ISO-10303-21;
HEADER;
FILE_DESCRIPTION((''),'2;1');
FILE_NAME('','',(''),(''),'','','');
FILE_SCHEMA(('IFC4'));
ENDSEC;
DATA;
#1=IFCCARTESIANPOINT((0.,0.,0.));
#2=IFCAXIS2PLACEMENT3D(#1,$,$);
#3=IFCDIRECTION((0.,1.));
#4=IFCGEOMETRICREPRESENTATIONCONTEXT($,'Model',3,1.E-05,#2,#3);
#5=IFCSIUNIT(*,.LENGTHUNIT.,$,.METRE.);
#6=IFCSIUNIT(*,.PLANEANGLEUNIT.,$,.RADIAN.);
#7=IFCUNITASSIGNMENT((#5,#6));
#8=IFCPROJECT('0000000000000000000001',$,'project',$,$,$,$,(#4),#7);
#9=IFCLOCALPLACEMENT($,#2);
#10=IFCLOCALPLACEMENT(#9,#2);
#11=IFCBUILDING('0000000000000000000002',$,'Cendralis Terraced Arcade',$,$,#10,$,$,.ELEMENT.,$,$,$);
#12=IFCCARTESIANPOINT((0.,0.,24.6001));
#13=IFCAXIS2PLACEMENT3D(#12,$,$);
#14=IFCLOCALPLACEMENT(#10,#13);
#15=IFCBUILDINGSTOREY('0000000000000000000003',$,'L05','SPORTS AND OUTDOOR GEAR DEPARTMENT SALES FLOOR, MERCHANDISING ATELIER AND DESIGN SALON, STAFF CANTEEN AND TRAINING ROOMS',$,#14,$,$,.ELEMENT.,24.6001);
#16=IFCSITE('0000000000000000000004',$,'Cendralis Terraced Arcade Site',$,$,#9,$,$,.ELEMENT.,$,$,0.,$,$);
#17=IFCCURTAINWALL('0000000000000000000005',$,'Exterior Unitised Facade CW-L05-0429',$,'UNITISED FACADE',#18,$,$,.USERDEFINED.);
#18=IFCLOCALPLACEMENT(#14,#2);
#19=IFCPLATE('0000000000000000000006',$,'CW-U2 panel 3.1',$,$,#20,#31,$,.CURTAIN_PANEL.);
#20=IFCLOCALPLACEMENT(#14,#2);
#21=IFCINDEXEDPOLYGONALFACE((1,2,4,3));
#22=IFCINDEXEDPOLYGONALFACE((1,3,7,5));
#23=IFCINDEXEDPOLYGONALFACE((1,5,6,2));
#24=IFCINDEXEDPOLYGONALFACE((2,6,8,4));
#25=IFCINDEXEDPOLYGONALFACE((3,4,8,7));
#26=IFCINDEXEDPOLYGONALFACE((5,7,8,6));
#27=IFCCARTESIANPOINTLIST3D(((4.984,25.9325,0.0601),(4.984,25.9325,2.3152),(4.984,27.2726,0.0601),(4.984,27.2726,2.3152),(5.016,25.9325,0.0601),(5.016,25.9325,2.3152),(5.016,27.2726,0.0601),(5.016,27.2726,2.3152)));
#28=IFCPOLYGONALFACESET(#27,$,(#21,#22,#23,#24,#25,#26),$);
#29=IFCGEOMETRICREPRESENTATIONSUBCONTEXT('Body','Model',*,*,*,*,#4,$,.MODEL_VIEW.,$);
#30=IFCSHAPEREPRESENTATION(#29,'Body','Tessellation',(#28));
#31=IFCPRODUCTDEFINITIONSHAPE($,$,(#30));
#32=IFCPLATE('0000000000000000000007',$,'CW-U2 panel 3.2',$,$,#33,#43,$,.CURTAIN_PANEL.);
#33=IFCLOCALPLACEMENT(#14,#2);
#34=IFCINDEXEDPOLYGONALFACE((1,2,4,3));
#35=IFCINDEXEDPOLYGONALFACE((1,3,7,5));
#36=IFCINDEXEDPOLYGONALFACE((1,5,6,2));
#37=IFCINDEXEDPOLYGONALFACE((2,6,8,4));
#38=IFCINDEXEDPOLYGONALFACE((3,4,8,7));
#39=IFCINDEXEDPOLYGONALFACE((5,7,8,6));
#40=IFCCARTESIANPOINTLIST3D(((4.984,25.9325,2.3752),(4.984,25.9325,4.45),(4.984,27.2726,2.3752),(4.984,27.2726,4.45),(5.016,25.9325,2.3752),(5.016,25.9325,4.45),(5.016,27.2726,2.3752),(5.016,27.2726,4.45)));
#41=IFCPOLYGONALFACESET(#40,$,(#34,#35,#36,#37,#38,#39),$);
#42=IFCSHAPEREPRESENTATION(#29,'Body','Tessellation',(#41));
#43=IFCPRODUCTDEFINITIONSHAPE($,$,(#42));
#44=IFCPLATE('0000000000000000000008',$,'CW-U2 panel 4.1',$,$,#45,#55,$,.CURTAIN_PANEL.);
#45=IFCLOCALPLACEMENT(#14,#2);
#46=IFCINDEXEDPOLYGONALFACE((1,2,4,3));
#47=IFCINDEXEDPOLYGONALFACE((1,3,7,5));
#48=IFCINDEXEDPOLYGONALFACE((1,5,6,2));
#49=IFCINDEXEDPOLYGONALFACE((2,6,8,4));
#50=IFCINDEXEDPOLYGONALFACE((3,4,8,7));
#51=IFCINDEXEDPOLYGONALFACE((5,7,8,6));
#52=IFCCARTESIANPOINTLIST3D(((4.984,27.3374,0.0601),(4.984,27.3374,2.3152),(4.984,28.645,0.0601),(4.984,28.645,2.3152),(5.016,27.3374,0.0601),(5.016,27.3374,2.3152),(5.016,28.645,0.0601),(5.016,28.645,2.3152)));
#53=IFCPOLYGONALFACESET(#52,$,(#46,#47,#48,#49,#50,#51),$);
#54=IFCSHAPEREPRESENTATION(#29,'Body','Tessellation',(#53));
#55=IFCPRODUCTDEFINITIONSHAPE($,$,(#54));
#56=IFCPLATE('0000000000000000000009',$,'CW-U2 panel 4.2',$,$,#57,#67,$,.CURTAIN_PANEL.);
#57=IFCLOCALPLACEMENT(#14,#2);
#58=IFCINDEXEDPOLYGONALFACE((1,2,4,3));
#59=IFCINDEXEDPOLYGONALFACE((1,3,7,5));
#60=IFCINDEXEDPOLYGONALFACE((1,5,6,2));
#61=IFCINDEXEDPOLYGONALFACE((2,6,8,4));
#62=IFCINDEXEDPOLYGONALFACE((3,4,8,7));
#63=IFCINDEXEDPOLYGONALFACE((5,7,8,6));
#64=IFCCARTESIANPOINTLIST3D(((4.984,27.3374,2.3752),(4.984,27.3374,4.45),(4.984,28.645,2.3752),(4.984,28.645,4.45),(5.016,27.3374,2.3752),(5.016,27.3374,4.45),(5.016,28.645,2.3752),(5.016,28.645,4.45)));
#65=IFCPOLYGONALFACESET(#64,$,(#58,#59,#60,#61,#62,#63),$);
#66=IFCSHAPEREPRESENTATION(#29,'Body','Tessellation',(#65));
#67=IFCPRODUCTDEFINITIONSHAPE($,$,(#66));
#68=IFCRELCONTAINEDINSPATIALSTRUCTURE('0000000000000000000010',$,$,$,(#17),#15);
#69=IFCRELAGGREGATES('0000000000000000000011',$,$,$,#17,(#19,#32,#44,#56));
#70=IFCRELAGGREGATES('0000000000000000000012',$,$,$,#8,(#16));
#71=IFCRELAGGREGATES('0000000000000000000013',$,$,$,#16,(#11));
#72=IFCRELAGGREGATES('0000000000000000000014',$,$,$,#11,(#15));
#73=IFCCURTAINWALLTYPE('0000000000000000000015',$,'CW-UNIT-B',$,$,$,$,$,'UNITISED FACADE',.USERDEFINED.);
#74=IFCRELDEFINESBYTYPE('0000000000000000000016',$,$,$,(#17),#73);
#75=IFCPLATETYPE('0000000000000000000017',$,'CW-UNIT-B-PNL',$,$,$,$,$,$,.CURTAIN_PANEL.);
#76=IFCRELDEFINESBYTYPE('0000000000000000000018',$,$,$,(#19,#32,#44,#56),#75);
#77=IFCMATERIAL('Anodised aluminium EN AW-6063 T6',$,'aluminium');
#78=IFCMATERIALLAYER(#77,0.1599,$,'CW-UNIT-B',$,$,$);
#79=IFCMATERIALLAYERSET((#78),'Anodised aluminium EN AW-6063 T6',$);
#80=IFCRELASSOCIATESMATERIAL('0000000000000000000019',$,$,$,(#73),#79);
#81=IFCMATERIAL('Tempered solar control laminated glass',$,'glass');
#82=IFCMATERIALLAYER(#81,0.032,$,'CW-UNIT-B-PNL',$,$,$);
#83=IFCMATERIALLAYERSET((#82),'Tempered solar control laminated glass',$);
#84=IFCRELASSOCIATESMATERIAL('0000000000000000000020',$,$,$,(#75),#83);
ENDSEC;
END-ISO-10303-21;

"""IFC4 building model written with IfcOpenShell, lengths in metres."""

from ifc_helpers import new_model, si_unit, direction, frame, origin, origin_2d, place, context, subcontext, project, spatial, rectangle, extrude, material, layer, layer_set, type_object, element, aggregate, save


model = new_model("IFC4")

# Units and contexts
model_context = context("Model", 3, precision=1e-05, world=origin(), true_north=direction((0.0, 1.0)))
body_context = subcontext(model_context, "Body", "Model", "MODEL_VIEW")
ifc_project = project(units=[si_unit("LENGTHUNIT", "METRE"), si_unit("PLANEANGLEUNIT", "RADIAN")], contexts=[model_context])

# Site, building, storey
site_placement = place(None, origin())
site = spatial("IfcSite", under=ifc_project, at=site_placement, Name="Cendralis Terraced Arcade Site", CompositionType="ELEMENT", RefElevation=0.0)
building_placement = place(site_placement, origin())
building = spatial("IfcBuilding", under=site, at=building_placement, Name="Cendralis Terraced Arcade", CompositionType="ELEMENT")
storey_placement = place(building_placement, frame((0.0, 0.0, 24.6001)))
storey = spatial("IfcBuildingStorey", under=building, at=storey_placement, Name="L05", Description="SPORTS AND OUTDOOR GEAR DEPARTMENT SALES FLOOR, MERCHANDISING ATELIER AND DESIGN SALON, STAFF CANTEEN AND TRAINING ROOMS", CompositionType="ELEMENT", Elevation=24.6001)

# Shared definitions
ifc_material_1 = material(Name="Anodised aluminium EN AW-6063 T6", Category="aluminium")

# Curtain wall
ifc_layer_1 = layer(ifc_material_1, 0.1599, Name="CW-UNIT-B")
ifc_layer_set_1 = layer_set([ifc_layer_1], Name="Anodised aluminium EN AW-6063 T6")
curtain_wall_type_1 = type_object("IfcCurtainWallType", Name="CW-UNIT-B", ElementType="UNITISED FACADE", PredefinedType="USERDEFINED", material=ifc_layer_set_1)
curtain_wall_1_placement = place(storey_placement, origin())
curtain_wall_1 = element("IfcCurtainWall", 1, at=curtain_wall_1_placement, inside=storey, type_object=curtain_wall_type_1, Name="Exterior Unitised Facade CW-L05-0429", ObjectType="UNITISED FACADE", PredefinedType="USERDEFINED")

# Plates
ifc_material_2 = material(Name="Tempered solar control laminated glass", Category="glass")
ifc_layer_2 = layer(ifc_material_2, 0.032, Name="CW-UNIT-B-PNL")
ifc_layer_set_2 = layer_set([ifc_layer_2], Name="Tempered solar control laminated glass")
plate_type_1 = type_object("IfcPlateType", Name="CW-UNIT-B-PNL", PredefinedType="CURTAIN_PANEL", material=ifc_layer_set_2)
plate_1_placement = place(storey_placement, frame((5.0, 26.6025, 0.0601), z_axis=(0.0, 0.0, 1.0), x_axis=(0.0, 1.0, 0.0)))
plate_1 = element("IfcPlate", 2, at=plate_1_placement, type_object=plate_type_1, Name="CW-U2 panel 3.1", PredefinedType="CURTAIN_PANEL", context=body_context, shape_type="SweptSolid", body=[
    extrude(rectangle(XDim=1.3401, YDim=0.032, at=origin_2d()), origin(), (0.0, 0.0, 1.0), 2.2551),
])
plate_2_placement = place(storey_placement, frame((5.0, 26.6025, 2.3752), z_axis=(0.0, 0.0, 1.0), x_axis=(0.0, 1.0, 0.0)))
plate_2 = element("IfcPlate", 3, at=plate_2_placement, type_object=plate_type_1, Name="CW-U2 panel 3.2", PredefinedType="CURTAIN_PANEL", context=body_context, shape_type="SweptSolid", body=[
    extrude(rectangle(XDim=1.3401, YDim=0.032, at=origin_2d()), origin(), (0.0, 0.0, 1.0), 2.0747),
])
plate_3_placement = place(storey_placement, frame((5.0, 27.9912, 0.0601), z_axis=(0.0, 0.0, 1.0), x_axis=(0.0, 1.0, 0.0)))
plate_3 = element("IfcPlate", 4, at=plate_3_placement, type_object=plate_type_1, Name="CW-U2 panel 4.1", PredefinedType="CURTAIN_PANEL", context=body_context, shape_type="SweptSolid", body=[
    extrude(rectangle(XDim=1.3076, YDim=0.032, at=origin_2d()), origin(), (0.0, 0.0, 1.0), 2.2551),
])
plate_4_placement = place(storey_placement, frame((5.0, 27.9912, 2.3752), z_axis=(0.0, 0.0, 1.0), x_axis=(0.0, 1.0, 0.0)))
plate_4 = element("IfcPlate", 5, at=plate_4_placement, type_object=plate_type_1, Name="CW-U2 panel 4.2", PredefinedType="CURTAIN_PANEL", context=body_context, shape_type="SweptSolid", body=[
    extrude(rectangle(XDim=1.3076, YDim=0.032, at=origin_2d()), origin(), (0.0, 0.0, 1.0), 2.0747),
])
aggregate(curtain_wall_1, [plate_1, plate_2, plate_3, plate_4])

save(model, "model.ifc")
